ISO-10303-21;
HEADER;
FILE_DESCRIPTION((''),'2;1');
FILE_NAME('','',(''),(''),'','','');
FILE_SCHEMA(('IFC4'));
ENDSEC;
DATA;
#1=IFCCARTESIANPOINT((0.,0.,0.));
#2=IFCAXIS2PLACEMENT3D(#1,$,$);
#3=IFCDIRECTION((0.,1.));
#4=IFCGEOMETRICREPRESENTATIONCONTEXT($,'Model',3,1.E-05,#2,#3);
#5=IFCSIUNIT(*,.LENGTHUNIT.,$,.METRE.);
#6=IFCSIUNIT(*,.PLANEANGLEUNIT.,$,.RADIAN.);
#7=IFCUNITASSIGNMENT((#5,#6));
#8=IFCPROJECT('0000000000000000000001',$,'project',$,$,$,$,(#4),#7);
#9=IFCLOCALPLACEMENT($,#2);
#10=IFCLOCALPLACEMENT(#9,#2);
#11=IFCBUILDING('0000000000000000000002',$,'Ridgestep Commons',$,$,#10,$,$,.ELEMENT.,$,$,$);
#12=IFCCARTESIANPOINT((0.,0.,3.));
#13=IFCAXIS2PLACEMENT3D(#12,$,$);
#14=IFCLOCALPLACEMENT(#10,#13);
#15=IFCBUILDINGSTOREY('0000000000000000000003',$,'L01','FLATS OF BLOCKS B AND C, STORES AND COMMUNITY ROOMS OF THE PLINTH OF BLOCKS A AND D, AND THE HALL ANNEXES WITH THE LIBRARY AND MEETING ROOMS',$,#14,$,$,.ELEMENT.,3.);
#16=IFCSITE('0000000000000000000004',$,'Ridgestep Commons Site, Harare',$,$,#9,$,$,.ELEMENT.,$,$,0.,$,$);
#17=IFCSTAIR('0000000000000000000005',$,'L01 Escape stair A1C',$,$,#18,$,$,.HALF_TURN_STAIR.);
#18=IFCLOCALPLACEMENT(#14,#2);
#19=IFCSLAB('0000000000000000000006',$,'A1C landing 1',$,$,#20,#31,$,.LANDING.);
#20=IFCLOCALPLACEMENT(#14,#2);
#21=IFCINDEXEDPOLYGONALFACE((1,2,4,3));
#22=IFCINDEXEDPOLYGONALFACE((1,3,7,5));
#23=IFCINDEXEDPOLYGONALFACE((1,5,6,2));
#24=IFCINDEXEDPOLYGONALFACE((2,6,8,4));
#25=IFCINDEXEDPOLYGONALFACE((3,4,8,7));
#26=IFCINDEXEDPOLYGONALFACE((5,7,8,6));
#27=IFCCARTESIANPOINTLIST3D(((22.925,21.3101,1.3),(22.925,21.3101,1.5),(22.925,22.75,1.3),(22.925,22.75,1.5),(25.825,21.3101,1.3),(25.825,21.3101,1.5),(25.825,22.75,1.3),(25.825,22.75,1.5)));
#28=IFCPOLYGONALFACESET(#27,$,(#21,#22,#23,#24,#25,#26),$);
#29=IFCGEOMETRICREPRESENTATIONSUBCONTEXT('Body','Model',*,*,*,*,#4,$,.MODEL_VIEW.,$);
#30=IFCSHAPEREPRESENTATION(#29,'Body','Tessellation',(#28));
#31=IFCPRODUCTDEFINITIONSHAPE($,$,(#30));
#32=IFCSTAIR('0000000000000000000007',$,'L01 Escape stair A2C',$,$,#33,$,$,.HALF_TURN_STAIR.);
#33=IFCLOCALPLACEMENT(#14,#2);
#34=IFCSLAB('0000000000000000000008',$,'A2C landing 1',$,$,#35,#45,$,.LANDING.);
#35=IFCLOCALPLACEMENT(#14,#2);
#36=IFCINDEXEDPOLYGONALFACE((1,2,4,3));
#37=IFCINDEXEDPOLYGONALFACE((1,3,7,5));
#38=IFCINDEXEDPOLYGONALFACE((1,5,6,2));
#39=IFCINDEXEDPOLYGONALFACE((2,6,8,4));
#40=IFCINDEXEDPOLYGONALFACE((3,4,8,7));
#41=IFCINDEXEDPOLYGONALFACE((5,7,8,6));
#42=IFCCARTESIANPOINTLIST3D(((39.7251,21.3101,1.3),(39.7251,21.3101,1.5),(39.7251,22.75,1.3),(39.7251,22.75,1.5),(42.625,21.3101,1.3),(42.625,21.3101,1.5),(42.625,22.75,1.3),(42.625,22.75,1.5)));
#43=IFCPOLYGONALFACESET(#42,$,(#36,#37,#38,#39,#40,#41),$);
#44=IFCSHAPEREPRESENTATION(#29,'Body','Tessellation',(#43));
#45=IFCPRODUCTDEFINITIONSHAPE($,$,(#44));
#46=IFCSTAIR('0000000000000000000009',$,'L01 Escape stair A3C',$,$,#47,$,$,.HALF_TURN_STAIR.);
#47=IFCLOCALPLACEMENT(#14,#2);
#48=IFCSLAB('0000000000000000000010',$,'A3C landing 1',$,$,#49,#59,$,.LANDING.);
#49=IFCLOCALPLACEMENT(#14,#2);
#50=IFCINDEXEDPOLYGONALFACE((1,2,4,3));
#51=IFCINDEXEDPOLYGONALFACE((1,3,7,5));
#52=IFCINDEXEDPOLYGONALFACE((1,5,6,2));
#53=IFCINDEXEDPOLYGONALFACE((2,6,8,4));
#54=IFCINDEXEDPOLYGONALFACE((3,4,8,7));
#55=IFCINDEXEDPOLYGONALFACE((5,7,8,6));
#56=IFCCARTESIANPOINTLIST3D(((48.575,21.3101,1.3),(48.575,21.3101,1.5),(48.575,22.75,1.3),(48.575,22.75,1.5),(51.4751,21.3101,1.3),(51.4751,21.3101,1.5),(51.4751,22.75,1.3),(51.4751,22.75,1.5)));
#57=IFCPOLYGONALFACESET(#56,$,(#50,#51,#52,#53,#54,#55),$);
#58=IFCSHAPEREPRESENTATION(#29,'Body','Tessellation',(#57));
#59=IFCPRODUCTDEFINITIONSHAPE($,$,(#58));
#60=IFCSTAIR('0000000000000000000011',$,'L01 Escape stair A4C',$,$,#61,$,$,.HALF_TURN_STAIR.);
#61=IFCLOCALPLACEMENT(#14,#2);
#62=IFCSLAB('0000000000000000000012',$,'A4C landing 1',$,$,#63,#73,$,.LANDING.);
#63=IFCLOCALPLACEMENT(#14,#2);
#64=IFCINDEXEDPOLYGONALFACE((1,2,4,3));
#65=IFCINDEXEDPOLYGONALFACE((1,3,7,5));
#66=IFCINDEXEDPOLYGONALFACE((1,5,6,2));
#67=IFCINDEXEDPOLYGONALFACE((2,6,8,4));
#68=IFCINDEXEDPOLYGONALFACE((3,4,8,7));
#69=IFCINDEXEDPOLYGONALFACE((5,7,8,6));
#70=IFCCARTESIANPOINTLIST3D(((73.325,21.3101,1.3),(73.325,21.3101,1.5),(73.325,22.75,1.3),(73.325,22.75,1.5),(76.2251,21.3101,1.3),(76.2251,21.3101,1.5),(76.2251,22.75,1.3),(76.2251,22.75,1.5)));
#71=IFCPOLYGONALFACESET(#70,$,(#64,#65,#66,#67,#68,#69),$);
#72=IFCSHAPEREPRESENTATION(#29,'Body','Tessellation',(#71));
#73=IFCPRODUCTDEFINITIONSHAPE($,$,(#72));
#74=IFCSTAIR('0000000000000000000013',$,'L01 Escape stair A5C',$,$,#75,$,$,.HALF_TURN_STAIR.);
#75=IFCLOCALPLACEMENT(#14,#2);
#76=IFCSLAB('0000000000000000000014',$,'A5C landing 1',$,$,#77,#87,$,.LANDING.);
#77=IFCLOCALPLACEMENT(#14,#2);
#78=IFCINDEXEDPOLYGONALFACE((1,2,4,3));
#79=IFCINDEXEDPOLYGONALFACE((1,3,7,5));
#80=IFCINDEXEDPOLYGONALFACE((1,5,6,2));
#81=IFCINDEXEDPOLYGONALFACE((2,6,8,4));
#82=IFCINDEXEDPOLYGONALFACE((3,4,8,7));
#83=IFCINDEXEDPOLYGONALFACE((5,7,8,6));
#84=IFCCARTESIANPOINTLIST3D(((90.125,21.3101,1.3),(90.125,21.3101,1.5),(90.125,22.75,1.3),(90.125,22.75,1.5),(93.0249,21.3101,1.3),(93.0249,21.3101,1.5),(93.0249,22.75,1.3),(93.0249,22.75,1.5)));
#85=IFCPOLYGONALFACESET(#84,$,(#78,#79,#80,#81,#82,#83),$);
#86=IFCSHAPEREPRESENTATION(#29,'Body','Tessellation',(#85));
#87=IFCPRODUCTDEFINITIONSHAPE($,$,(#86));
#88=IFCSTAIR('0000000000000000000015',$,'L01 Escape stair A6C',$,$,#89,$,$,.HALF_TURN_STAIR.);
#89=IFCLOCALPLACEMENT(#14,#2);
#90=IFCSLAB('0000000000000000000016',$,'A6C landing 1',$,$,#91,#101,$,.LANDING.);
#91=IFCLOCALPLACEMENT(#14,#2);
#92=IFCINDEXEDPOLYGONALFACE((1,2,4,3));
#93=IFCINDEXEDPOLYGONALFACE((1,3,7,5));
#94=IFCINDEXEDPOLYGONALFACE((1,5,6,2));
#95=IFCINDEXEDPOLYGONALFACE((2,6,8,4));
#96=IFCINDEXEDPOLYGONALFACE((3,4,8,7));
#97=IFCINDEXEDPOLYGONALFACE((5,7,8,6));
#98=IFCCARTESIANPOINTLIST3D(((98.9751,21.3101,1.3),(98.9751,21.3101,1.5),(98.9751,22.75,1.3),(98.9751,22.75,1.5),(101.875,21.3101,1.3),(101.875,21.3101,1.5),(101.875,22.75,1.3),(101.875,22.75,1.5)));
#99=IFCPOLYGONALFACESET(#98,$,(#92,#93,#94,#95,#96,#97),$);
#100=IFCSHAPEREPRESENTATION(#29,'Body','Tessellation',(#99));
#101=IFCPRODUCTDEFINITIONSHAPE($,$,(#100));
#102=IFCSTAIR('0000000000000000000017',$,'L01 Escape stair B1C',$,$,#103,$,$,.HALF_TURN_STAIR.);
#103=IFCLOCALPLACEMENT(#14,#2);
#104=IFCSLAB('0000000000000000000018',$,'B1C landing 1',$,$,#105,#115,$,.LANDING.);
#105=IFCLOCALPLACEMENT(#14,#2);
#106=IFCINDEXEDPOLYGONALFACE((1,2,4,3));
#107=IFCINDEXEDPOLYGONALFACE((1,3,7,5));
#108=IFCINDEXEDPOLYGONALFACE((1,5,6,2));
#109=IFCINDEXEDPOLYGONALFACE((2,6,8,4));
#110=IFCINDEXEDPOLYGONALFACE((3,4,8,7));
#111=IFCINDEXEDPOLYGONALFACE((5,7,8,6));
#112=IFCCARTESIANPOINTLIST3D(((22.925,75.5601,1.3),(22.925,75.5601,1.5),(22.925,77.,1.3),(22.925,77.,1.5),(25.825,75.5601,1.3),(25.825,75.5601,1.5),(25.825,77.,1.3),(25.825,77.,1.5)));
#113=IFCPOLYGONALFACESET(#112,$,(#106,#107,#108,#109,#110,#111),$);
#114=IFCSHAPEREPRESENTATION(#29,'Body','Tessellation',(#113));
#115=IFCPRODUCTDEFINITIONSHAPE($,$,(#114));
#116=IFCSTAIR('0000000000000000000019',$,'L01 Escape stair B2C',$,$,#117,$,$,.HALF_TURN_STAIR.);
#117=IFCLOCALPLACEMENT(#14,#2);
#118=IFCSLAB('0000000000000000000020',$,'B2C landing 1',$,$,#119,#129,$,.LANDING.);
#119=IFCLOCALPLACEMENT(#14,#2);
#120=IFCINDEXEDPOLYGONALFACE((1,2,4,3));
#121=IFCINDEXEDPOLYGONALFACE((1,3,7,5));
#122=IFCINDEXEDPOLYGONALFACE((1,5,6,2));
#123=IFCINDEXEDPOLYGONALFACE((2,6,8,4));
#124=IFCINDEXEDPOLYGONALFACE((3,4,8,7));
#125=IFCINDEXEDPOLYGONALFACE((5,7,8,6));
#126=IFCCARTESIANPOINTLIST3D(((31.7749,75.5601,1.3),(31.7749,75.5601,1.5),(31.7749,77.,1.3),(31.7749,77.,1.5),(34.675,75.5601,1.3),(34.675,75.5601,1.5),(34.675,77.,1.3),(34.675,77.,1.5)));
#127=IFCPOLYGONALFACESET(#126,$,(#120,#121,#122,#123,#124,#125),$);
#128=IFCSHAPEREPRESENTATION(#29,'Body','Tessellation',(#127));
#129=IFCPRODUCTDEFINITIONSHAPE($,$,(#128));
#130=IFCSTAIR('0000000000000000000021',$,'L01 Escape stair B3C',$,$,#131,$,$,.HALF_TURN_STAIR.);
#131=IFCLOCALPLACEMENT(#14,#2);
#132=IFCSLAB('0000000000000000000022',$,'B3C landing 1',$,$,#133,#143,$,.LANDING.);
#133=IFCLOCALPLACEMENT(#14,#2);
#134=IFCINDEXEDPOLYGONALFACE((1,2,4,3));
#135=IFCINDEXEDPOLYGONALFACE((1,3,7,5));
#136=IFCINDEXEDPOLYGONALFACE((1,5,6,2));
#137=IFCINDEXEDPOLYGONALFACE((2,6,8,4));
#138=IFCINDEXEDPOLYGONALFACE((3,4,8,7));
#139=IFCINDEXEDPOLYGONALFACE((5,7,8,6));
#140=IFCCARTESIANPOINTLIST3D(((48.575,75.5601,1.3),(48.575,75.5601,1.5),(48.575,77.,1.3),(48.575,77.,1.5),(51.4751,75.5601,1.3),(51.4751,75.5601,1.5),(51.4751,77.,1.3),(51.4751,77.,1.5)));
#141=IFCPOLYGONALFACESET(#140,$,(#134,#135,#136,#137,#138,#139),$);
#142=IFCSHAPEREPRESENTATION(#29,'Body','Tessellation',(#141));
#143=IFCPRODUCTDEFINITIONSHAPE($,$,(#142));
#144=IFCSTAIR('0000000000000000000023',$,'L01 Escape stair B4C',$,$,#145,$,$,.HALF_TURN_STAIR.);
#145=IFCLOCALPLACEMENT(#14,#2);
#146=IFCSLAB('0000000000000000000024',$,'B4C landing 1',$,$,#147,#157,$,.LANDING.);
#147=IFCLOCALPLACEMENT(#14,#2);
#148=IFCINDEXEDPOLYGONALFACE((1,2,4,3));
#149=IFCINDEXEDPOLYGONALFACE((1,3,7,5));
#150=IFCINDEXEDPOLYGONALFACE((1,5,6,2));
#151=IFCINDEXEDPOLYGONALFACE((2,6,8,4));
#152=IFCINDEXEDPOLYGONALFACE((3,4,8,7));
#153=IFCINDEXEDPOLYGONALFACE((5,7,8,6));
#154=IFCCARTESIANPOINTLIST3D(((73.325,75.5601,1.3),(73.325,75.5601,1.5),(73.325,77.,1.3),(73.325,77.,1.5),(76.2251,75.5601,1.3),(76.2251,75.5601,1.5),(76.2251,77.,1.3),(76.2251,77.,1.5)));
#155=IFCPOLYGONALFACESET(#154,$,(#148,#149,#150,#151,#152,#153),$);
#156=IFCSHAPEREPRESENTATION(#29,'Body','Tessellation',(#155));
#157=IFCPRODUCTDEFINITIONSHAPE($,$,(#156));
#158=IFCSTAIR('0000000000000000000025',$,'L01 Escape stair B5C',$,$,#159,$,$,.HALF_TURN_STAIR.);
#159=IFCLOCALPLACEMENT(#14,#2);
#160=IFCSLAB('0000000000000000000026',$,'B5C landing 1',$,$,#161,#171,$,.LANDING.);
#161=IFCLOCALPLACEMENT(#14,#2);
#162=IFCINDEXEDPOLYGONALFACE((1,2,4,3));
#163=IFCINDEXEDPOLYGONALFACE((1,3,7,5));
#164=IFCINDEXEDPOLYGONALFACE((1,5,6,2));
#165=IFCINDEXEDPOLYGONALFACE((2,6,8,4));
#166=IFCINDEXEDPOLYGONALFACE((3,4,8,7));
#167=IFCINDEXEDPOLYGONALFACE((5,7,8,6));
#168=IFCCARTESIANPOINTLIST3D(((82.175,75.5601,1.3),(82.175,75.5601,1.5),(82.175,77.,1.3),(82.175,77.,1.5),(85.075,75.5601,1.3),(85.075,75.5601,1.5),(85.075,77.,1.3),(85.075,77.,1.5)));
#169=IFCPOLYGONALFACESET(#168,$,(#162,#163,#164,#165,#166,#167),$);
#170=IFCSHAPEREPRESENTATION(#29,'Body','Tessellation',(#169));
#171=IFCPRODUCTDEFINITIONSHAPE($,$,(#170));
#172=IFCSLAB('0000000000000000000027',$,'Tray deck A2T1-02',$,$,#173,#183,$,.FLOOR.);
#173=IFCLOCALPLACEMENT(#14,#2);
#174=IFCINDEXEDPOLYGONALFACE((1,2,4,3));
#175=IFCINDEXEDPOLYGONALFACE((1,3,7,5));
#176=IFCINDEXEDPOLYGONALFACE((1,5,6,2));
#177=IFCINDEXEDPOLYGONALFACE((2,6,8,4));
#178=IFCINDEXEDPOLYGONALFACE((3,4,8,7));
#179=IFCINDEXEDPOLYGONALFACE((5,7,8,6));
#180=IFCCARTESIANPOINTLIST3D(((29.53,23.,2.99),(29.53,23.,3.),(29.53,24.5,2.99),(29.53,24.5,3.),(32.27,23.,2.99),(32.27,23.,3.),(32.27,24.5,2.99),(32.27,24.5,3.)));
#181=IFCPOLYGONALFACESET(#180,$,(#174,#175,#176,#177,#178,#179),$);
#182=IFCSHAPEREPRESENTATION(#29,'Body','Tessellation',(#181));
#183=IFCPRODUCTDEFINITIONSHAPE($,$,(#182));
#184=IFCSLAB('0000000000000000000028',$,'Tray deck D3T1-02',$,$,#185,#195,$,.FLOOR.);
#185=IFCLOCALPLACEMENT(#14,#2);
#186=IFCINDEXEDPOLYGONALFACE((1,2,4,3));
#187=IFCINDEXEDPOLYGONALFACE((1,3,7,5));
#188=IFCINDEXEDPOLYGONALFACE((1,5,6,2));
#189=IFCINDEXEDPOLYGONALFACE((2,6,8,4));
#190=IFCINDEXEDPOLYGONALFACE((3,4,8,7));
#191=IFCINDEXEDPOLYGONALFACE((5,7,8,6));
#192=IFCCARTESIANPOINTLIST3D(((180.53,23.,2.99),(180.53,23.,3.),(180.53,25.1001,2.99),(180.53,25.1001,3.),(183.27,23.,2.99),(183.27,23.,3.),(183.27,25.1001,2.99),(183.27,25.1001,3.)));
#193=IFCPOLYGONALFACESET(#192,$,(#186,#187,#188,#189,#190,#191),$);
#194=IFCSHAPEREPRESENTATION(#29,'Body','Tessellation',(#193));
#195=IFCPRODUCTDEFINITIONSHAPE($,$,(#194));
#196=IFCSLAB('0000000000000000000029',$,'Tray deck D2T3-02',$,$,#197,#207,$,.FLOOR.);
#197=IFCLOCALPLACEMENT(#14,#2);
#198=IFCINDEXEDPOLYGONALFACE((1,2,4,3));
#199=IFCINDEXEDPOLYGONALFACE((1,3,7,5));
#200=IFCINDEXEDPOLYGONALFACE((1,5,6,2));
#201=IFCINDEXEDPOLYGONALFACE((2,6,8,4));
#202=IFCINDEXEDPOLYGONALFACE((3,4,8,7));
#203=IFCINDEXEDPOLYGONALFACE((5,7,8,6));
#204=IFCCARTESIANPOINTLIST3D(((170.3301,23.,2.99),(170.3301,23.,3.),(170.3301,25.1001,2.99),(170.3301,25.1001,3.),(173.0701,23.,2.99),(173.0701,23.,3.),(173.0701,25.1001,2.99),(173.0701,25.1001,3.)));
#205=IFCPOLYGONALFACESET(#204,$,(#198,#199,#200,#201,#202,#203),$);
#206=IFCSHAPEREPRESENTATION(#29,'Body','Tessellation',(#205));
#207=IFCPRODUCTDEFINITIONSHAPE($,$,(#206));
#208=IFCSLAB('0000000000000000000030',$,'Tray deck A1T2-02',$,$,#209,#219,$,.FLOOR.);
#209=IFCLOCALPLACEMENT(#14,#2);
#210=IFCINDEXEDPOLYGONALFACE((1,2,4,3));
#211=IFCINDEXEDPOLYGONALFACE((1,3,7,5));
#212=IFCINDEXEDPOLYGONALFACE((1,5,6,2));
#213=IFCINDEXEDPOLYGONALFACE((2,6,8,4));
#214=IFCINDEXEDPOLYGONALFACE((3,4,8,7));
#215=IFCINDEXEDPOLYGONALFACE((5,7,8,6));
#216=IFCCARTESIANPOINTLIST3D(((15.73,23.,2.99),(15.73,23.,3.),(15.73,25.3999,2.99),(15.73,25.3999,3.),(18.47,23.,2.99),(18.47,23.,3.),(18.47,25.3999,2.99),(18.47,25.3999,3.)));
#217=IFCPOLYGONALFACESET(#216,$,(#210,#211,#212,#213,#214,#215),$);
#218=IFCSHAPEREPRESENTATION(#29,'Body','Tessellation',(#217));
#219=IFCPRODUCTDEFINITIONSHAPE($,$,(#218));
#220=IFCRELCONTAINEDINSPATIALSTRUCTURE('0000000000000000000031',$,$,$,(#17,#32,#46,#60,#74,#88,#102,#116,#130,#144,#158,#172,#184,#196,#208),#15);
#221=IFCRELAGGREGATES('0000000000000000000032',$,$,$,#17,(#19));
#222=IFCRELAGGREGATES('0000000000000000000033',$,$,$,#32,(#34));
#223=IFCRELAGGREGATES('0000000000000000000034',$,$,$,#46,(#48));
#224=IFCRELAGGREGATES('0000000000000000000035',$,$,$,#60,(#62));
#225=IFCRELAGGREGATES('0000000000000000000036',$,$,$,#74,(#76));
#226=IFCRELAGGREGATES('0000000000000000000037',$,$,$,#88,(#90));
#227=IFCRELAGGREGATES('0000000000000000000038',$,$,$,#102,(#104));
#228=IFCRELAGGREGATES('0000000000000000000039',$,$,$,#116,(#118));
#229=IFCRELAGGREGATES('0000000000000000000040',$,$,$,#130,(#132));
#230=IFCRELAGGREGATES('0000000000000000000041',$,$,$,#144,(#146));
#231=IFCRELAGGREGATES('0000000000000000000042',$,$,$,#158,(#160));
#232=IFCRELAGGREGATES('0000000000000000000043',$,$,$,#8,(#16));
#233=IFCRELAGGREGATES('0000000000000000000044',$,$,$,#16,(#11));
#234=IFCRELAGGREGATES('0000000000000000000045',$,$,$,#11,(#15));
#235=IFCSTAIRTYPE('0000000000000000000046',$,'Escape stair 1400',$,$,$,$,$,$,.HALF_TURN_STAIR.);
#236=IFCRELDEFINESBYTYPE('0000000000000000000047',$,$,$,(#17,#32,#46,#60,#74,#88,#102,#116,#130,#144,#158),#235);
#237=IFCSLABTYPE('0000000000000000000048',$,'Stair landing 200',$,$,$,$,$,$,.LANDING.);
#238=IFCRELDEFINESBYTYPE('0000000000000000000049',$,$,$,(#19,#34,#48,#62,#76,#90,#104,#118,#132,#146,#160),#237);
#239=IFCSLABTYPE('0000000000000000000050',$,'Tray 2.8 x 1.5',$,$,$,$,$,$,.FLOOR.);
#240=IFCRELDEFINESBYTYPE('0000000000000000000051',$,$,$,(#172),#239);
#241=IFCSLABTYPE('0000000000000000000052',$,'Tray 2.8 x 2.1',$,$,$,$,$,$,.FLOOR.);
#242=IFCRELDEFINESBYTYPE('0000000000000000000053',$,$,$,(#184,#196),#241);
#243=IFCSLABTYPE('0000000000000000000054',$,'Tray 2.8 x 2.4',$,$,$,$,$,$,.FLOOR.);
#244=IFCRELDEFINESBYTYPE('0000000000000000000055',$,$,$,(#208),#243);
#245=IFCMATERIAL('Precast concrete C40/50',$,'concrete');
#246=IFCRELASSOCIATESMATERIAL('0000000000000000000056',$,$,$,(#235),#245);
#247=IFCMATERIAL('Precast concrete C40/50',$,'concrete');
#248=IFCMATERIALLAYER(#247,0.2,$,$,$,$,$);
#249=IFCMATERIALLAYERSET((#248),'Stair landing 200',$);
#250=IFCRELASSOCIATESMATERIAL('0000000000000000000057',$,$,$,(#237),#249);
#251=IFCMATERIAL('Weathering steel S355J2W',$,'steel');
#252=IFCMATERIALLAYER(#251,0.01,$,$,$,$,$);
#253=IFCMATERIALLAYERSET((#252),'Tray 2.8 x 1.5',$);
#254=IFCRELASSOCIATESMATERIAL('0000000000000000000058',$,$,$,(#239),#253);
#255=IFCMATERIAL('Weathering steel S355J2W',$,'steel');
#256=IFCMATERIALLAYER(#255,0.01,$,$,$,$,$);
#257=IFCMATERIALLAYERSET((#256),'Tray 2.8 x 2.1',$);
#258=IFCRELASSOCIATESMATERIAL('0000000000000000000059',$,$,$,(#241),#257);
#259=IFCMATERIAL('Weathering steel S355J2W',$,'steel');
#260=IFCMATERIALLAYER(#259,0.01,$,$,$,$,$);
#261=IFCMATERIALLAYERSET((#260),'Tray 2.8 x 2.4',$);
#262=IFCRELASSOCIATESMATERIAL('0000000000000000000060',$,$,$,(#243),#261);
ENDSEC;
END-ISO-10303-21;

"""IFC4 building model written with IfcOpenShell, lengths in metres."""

from ifc_helpers import new_model, si_unit, direction, frame, origin, place, context, subcontext, project, spatial, polyline, outline, extrude, material, layer, layer_set, type_object, element, aggregate, save


model = new_model("IFC4")

# Units and contexts
model_context = context("Model", 3, precision=1e-05, world=origin(), true_north=direction((0.0, 1.0)))
body_context = subcontext(model_context, "Body", "Model", "MODEL_VIEW")
ifc_project = project(units=[si_unit("LENGTHUNIT", "METRE"), si_unit("PLANEANGLEUNIT", "RADIAN")], contexts=[model_context])

# Site, building, storey
site_placement = place(None, origin())
site = spatial("IfcSite", under=ifc_project, at=site_placement, Name="Ridgestep Commons Site, Harare", CompositionType="ELEMENT", RefElevation=0.0)
building_placement = place(site_placement, origin())
building = spatial("IfcBuilding", under=site, at=building_placement, Name="Ridgestep Commons", CompositionType="ELEMENT")
storey_placement = place(building_placement, frame((0.0, 0.0, 3.0)))
storey = spatial("IfcBuildingStorey", under=building, at=storey_placement, Name="L01", Description="FLATS OF BLOCKS B AND C, STORES AND COMMUNITY ROOMS OF THE PLINTH OF BLOCKS A AND D, AND THE HALL ANNEXES WITH THE LIBRARY AND MEETING ROOMS", CompositionType="ELEMENT", Elevation=3.0)

# Stairs, slabs
ifc_material_1 = material(Name="Precast concrete C40/50", Category="concrete")
stair_type = type_object("IfcStairType", Name="Escape stair 1400", PredefinedType="HALF_TURN_STAIR", material=ifc_material_1)
stair_1_placement = place(storey_placement, origin())
stair_1 = element("IfcStair", 1, at=stair_1_placement, inside=storey, type_object=stair_type, Name="L01 Escape stair A1C", PredefinedType="HALF_TURN_STAIR")
ifc_material_2 = material(Name="Precast concrete C40/50", Category="concrete")
ifc_layer_1 = layer(ifc_material_2, 0.2)
ifc_layer_set_1 = layer_set([ifc_layer_1], Name="Stair landing 200")
slab_type_1 = type_object("IfcSlabType", Name="Stair landing 200", PredefinedType="LANDING", material=ifc_layer_set_1)
slab_1_placement = place(storey_placement, frame((0.0, 0.0, 1.3)))
slab_1 = element("IfcSlab", 2, at=slab_1_placement, type_object=slab_type_1, Name="A1C landing 1", PredefinedType="LANDING", context=body_context, shape_type="SweptSolid", body=[
    extrude(outline(polyline([(25.825, 21.3101), (25.825, 22.75), (22.925, 22.75), (22.925, 21.3101), (25.825, 21.3101)])), origin(), (0.0, 0.0, 1.0), 0.2),
])
aggregate(stair_1, [slab_1])
stair_2_placement = place(storey_placement, origin())
stair_2 = element("IfcStair", 3, at=stair_2_placement, inside=storey, type_object=stair_type, Name="L01 Escape stair A2C", PredefinedType="HALF_TURN_STAIR")
slab_2_placement = place(storey_placement, frame((0.0, 0.0, 1.3)))
slab_2 = element("IfcSlab", 4, at=slab_2_placement, type_object=slab_type_1, Name="A2C landing 1", PredefinedType="LANDING", context=body_context, shape_type="SweptSolid", body=[
    extrude(outline(polyline([(42.625, 21.3101), (42.625, 22.75), (39.7251, 22.75), (39.7251, 21.3101), (42.625, 21.3101)])), origin(), (0.0, 0.0, 1.0), 0.2),
])
aggregate(stair_2, [slab_2])
stair_3_placement = place(storey_placement, origin())
stair_3 = element("IfcStair", 5, at=stair_3_placement, inside=storey, type_object=stair_type, Name="L01 Escape stair A3C", PredefinedType="HALF_TURN_STAIR")
slab_3_placement = place(storey_placement, frame((0.0, 0.0, 1.3)))
slab_3 = element("IfcSlab", 6, at=slab_3_placement, type_object=slab_type_1, Name="A3C landing 1", PredefinedType="LANDING", context=body_context, shape_type="SweptSolid", body=[
    extrude(outline(polyline([(51.4751, 21.3101), (51.4751, 22.75), (48.575, 22.75), (48.575, 21.3101), (51.4751, 21.3101)])), origin(), (0.0, 0.0, 1.0), 0.2),
])
aggregate(stair_3, [slab_3])
stair_4_placement = place(storey_placement, origin())
stair_4 = element("IfcStair", 7, at=stair_4_placement, inside=storey, type_object=stair_type, Name="L01 Escape stair A4C", PredefinedType="HALF_TURN_STAIR")
slab_4_placement = place(storey_placement, frame((0.0, 0.0, 1.3)))
slab_4 = element("IfcSlab", 8, at=slab_4_placement, type_object=slab_type_1, Name="A4C landing 1", PredefinedType="LANDING", context=body_context, shape_type="SweptSolid", body=[
    extrude(outline(polyline([(76.2251, 21.3101), (76.2251, 22.75), (73.325, 22.75), (73.325, 21.3101), (76.2251, 21.3101)])), origin(), (0.0, 0.0, 1.0), 0.2),
])
aggregate(stair_4, [slab_4])
stair_5_placement = place(storey_placement, origin())
stair_5 = element("IfcStair", 9, at=stair_5_placement, inside=storey, type_object=stair_type, Name="L01 Escape stair A5C", PredefinedType="HALF_TURN_STAIR")
slab_5_placement = place(storey_placement, frame((0.0, 0.0, 1.3)))
slab_5 = element("IfcSlab", 10, at=slab_5_placement, type_object=slab_type_1, Name="A5C landing 1", PredefinedType="LANDING", context=body_context, shape_type="SweptSolid", body=[
    extrude(outline(polyline([(93.0249, 21.3101), (93.0249, 22.75), (90.125, 22.75), (90.125, 21.3101), (93.0249, 21.3101)])), origin(), (0.0, 0.0, 1.0), 0.2),
])
aggregate(stair_5, [slab_5])
stair_6_placement = place(storey_placement, origin())
stair_6 = element("IfcStair", 11, at=stair_6_placement, inside=storey, type_object=stair_type, Name="L01 Escape stair A6C", PredefinedType="HALF_TURN_STAIR")
slab_6_placement = place(storey_placement, frame((0.0, 0.0, 1.3)))
slab_6 = element("IfcSlab", 12, at=slab_6_placement, type_object=slab_type_1, Name="A6C landing 1", PredefinedType="LANDING", context=body_context, shape_type="SweptSolid", body=[
    extrude(outline(polyline([(101.875, 21.3101), (101.875, 22.75), (98.9751, 22.75), (98.9751, 21.3101), (101.875, 21.3101)])), origin(), (0.0, 0.0, 1.0), 0.2),
])
aggregate(stair_6, [slab_6])
stair_7_placement = place(storey_placement, origin())
stair_7 = element("IfcStair", 13, at=stair_7_placement, inside=storey, type_object=stair_type, Name="L01 Escape stair B1C", PredefinedType="HALF_TURN_STAIR")
slab_7_placement = place(storey_placement, frame((0.0, 0.0, 1.3)))
slab_7 = element("IfcSlab", 14, at=slab_7_placement, type_object=slab_type_1, Name="B1C landing 1", PredefinedType="LANDING", context=body_context, shape_type="SweptSolid", body=[
    extrude(outline(polyline([(25.825, 75.5601), (25.825, 77.0), (22.925, 77.0), (22.925, 75.5601), (25.825, 75.5601)])), origin(), (0.0, 0.0, 1.0), 0.2),
])
aggregate(stair_7, [slab_7])
stair_8_placement = place(storey_placement, origin())
stair_8 = element("IfcStair", 15, at=stair_8_placement, inside=storey, type_object=stair_type, Name="L01 Escape stair B2C", PredefinedType="HALF_TURN_STAIR")
slab_8_placement = place(storey_placement, frame((0.0, 0.0, 1.3)))
slab_8 = element("IfcSlab", 16, at=slab_8_placement, type_object=slab_type_1, Name="B2C landing 1", PredefinedType="LANDING", context=body_context, shape_type="SweptSolid", body=[
    extrude(outline(polyline([(34.675, 75.5601), (34.675, 77.0), (31.7749, 77.0), (31.7749, 75.5601), (34.675, 75.5601)])), origin(), (0.0, 0.0, 1.0), 0.2),
])
aggregate(stair_8, [slab_8])
stair_9_placement = place(storey_placement, origin())
stair_9 = element("IfcStair", 17, at=stair_9_placement, inside=storey, type_object=stair_type, Name="L01 Escape stair B3C", PredefinedType="HALF_TURN_STAIR")
slab_9_placement = place(storey_placement, frame((0.0, 0.0, 1.3)))
slab_9 = element("IfcSlab", 18, at=slab_9_placement, type_object=slab_type_1, Name="B3C landing 1", PredefinedType="LANDING", context=body_context, shape_type="SweptSolid", body=[
    extrude(outline(polyline([(51.4751, 75.5601), (51.4751, 77.0), (48.575, 77.0), (48.575, 75.5601), (51.4751, 75.5601)])), origin(), (0.0, 0.0, 1.0), 0.2),
])
aggregate(stair_9, [slab_9])
stair_10_placement = place(storey_placement, origin())
stair_10 = element("IfcStair", 19, at=stair_10_placement, inside=storey, type_object=stair_type, Name="L01 Escape stair B4C", PredefinedType="HALF_TURN_STAIR")
slab_10_placement = place(storey_placement, frame((0.0, 0.0, 1.3)))
slab_10 = element("IfcSlab", 20, at=slab_10_placement, type_object=slab_type_1, Name="B4C landing 1", PredefinedType="LANDING", context=body_context, shape_type="SweptSolid", body=[
    extrude(outline(polyline([(76.2251, 75.5601), (76.2251, 77.0), (73.325, 77.0), (73.325, 75.5601), (76.2251, 75.5601)])), origin(), (0.0, 0.0, 1.0), 0.2),
])
aggregate(stair_10, [slab_10])
stair_11_placement = place(storey_placement, origin())
stair_11 = element("IfcStair", 21, at=stair_11_placement, inside=storey, type_object=stair_type, Name="L01 Escape stair B5C", PredefinedType="HALF_TURN_STAIR")
slab_11_placement = place(storey_placement, frame((0.0, 0.0, 1.3)))
slab_11 = element("IfcSlab", 22, at=slab_11_placement, type_object=slab_type_1, Name="B5C landing 1", PredefinedType="LANDING", context=body_context, shape_type="SweptSolid", body=[
    extrude(outline(polyline([(85.075, 75.5601), (85.075, 77.0), (82.175, 77.0), (82.175, 75.5601), (85.075, 75.5601)])), origin(), (0.0, 0.0, 1.0), 0.2),
])
aggregate(stair_11, [slab_11])

# Slabs
ifc_material_3 = material(Name="Weathering steel S355J2W", Category="steel")
ifc_layer_2 = layer(ifc_material_3, 0.01)
ifc_layer_set_2 = layer_set([ifc_layer_2], Name="Tray 2.8 x 1.5")
slab_type_2 = type_object("IfcSlabType", Name="Tray 2.8 x 1.5", PredefinedType="FLOOR", material=ifc_layer_set_2)
slab_12_placement = place(storey_placement, frame((0.0, 0.0, 2.99)))
element("IfcSlab", 23, at=slab_12_placement, inside=storey, type_object=slab_type_2, Name="Tray deck A2T1-02", PredefinedType="FLOOR", context=body_context, shape_type="SweptSolid", body=[
    extrude(outline(polyline([(29.53, 23.0), (32.27, 23.0), (32.27, 24.5), (29.53, 24.5), (29.53, 23.0)])), origin(), (0.0, 0.0, 1.0), 0.01),
])
ifc_material_4 = material(Name="Weathering steel S355J2W", Category="steel")
ifc_layer_3 = layer(ifc_material_4, 0.01)
ifc_layer_set_3 = layer_set([ifc_layer_3], Name="Tray 2.8 x 2.1")
slab_type_3 = type_object("IfcSlabType", Name="Tray 2.8 x 2.1", PredefinedType="FLOOR", material=ifc_layer_set_3)
slab_13_placement = place(storey_placement, frame((0.0, 0.0, 2.99)))
element("IfcSlab", 24, at=slab_13_placement, inside=storey, type_object=slab_type_3, Name="Tray deck D3T1-02", PredefinedType="FLOOR", context=body_context, shape_type="SweptSolid", body=[
    extrude(outline(polyline([(180.53, 23.0), (183.27, 23.0), (183.27, 25.1001), (180.53, 25.1001), (180.53, 23.0)])), origin(), (0.0, 0.0, 1.0), 0.01),
])
slab_14_placement = place(storey_placement, frame((0.0, 0.0, 2.99)))
element("IfcSlab", 25, at=slab_14_placement, inside=storey, type_object=slab_type_3, Name="Tray deck D2T3-02", PredefinedType="FLOOR", context=body_context, shape_type="SweptSolid", body=[
    extrude(outline(polyline([(170.3301, 23.0), (173.0701, 23.0), (173.0701, 25.1001), (170.3301, 25.1001), (170.3301, 23.0)])), origin(), (0.0, 0.0, 1.0), 0.01),
])
ifc_material_5 = material(Name="Weathering steel S355J2W", Category="steel")
ifc_layer_4 = layer(ifc_material_5, 0.01)
ifc_layer_set_4 = layer_set([ifc_layer_4], Name="Tray 2.8 x 2.4")
slab_type_4 = type_object("IfcSlabType", Name="Tray 2.8 x 2.4", PredefinedType="FLOOR", material=ifc_layer_set_4)
slab_15_placement = place(storey_placement, frame((0.0, 0.0, 2.99)))
element("IfcSlab", 26, at=slab_15_placement, inside=storey, type_object=slab_type_4, Name="Tray deck A1T2-02", PredefinedType="FLOOR", context=body_context, shape_type="SweptSolid", body=[
    extrude(outline(polyline([(15.73, 23.0), (18.47, 23.0), (18.47, 25.3999), (15.73, 25.3999), (15.73, 23.0)])), origin(), (0.0, 0.0, 1.0), 0.01),
])

save(model, "model.ifc")
